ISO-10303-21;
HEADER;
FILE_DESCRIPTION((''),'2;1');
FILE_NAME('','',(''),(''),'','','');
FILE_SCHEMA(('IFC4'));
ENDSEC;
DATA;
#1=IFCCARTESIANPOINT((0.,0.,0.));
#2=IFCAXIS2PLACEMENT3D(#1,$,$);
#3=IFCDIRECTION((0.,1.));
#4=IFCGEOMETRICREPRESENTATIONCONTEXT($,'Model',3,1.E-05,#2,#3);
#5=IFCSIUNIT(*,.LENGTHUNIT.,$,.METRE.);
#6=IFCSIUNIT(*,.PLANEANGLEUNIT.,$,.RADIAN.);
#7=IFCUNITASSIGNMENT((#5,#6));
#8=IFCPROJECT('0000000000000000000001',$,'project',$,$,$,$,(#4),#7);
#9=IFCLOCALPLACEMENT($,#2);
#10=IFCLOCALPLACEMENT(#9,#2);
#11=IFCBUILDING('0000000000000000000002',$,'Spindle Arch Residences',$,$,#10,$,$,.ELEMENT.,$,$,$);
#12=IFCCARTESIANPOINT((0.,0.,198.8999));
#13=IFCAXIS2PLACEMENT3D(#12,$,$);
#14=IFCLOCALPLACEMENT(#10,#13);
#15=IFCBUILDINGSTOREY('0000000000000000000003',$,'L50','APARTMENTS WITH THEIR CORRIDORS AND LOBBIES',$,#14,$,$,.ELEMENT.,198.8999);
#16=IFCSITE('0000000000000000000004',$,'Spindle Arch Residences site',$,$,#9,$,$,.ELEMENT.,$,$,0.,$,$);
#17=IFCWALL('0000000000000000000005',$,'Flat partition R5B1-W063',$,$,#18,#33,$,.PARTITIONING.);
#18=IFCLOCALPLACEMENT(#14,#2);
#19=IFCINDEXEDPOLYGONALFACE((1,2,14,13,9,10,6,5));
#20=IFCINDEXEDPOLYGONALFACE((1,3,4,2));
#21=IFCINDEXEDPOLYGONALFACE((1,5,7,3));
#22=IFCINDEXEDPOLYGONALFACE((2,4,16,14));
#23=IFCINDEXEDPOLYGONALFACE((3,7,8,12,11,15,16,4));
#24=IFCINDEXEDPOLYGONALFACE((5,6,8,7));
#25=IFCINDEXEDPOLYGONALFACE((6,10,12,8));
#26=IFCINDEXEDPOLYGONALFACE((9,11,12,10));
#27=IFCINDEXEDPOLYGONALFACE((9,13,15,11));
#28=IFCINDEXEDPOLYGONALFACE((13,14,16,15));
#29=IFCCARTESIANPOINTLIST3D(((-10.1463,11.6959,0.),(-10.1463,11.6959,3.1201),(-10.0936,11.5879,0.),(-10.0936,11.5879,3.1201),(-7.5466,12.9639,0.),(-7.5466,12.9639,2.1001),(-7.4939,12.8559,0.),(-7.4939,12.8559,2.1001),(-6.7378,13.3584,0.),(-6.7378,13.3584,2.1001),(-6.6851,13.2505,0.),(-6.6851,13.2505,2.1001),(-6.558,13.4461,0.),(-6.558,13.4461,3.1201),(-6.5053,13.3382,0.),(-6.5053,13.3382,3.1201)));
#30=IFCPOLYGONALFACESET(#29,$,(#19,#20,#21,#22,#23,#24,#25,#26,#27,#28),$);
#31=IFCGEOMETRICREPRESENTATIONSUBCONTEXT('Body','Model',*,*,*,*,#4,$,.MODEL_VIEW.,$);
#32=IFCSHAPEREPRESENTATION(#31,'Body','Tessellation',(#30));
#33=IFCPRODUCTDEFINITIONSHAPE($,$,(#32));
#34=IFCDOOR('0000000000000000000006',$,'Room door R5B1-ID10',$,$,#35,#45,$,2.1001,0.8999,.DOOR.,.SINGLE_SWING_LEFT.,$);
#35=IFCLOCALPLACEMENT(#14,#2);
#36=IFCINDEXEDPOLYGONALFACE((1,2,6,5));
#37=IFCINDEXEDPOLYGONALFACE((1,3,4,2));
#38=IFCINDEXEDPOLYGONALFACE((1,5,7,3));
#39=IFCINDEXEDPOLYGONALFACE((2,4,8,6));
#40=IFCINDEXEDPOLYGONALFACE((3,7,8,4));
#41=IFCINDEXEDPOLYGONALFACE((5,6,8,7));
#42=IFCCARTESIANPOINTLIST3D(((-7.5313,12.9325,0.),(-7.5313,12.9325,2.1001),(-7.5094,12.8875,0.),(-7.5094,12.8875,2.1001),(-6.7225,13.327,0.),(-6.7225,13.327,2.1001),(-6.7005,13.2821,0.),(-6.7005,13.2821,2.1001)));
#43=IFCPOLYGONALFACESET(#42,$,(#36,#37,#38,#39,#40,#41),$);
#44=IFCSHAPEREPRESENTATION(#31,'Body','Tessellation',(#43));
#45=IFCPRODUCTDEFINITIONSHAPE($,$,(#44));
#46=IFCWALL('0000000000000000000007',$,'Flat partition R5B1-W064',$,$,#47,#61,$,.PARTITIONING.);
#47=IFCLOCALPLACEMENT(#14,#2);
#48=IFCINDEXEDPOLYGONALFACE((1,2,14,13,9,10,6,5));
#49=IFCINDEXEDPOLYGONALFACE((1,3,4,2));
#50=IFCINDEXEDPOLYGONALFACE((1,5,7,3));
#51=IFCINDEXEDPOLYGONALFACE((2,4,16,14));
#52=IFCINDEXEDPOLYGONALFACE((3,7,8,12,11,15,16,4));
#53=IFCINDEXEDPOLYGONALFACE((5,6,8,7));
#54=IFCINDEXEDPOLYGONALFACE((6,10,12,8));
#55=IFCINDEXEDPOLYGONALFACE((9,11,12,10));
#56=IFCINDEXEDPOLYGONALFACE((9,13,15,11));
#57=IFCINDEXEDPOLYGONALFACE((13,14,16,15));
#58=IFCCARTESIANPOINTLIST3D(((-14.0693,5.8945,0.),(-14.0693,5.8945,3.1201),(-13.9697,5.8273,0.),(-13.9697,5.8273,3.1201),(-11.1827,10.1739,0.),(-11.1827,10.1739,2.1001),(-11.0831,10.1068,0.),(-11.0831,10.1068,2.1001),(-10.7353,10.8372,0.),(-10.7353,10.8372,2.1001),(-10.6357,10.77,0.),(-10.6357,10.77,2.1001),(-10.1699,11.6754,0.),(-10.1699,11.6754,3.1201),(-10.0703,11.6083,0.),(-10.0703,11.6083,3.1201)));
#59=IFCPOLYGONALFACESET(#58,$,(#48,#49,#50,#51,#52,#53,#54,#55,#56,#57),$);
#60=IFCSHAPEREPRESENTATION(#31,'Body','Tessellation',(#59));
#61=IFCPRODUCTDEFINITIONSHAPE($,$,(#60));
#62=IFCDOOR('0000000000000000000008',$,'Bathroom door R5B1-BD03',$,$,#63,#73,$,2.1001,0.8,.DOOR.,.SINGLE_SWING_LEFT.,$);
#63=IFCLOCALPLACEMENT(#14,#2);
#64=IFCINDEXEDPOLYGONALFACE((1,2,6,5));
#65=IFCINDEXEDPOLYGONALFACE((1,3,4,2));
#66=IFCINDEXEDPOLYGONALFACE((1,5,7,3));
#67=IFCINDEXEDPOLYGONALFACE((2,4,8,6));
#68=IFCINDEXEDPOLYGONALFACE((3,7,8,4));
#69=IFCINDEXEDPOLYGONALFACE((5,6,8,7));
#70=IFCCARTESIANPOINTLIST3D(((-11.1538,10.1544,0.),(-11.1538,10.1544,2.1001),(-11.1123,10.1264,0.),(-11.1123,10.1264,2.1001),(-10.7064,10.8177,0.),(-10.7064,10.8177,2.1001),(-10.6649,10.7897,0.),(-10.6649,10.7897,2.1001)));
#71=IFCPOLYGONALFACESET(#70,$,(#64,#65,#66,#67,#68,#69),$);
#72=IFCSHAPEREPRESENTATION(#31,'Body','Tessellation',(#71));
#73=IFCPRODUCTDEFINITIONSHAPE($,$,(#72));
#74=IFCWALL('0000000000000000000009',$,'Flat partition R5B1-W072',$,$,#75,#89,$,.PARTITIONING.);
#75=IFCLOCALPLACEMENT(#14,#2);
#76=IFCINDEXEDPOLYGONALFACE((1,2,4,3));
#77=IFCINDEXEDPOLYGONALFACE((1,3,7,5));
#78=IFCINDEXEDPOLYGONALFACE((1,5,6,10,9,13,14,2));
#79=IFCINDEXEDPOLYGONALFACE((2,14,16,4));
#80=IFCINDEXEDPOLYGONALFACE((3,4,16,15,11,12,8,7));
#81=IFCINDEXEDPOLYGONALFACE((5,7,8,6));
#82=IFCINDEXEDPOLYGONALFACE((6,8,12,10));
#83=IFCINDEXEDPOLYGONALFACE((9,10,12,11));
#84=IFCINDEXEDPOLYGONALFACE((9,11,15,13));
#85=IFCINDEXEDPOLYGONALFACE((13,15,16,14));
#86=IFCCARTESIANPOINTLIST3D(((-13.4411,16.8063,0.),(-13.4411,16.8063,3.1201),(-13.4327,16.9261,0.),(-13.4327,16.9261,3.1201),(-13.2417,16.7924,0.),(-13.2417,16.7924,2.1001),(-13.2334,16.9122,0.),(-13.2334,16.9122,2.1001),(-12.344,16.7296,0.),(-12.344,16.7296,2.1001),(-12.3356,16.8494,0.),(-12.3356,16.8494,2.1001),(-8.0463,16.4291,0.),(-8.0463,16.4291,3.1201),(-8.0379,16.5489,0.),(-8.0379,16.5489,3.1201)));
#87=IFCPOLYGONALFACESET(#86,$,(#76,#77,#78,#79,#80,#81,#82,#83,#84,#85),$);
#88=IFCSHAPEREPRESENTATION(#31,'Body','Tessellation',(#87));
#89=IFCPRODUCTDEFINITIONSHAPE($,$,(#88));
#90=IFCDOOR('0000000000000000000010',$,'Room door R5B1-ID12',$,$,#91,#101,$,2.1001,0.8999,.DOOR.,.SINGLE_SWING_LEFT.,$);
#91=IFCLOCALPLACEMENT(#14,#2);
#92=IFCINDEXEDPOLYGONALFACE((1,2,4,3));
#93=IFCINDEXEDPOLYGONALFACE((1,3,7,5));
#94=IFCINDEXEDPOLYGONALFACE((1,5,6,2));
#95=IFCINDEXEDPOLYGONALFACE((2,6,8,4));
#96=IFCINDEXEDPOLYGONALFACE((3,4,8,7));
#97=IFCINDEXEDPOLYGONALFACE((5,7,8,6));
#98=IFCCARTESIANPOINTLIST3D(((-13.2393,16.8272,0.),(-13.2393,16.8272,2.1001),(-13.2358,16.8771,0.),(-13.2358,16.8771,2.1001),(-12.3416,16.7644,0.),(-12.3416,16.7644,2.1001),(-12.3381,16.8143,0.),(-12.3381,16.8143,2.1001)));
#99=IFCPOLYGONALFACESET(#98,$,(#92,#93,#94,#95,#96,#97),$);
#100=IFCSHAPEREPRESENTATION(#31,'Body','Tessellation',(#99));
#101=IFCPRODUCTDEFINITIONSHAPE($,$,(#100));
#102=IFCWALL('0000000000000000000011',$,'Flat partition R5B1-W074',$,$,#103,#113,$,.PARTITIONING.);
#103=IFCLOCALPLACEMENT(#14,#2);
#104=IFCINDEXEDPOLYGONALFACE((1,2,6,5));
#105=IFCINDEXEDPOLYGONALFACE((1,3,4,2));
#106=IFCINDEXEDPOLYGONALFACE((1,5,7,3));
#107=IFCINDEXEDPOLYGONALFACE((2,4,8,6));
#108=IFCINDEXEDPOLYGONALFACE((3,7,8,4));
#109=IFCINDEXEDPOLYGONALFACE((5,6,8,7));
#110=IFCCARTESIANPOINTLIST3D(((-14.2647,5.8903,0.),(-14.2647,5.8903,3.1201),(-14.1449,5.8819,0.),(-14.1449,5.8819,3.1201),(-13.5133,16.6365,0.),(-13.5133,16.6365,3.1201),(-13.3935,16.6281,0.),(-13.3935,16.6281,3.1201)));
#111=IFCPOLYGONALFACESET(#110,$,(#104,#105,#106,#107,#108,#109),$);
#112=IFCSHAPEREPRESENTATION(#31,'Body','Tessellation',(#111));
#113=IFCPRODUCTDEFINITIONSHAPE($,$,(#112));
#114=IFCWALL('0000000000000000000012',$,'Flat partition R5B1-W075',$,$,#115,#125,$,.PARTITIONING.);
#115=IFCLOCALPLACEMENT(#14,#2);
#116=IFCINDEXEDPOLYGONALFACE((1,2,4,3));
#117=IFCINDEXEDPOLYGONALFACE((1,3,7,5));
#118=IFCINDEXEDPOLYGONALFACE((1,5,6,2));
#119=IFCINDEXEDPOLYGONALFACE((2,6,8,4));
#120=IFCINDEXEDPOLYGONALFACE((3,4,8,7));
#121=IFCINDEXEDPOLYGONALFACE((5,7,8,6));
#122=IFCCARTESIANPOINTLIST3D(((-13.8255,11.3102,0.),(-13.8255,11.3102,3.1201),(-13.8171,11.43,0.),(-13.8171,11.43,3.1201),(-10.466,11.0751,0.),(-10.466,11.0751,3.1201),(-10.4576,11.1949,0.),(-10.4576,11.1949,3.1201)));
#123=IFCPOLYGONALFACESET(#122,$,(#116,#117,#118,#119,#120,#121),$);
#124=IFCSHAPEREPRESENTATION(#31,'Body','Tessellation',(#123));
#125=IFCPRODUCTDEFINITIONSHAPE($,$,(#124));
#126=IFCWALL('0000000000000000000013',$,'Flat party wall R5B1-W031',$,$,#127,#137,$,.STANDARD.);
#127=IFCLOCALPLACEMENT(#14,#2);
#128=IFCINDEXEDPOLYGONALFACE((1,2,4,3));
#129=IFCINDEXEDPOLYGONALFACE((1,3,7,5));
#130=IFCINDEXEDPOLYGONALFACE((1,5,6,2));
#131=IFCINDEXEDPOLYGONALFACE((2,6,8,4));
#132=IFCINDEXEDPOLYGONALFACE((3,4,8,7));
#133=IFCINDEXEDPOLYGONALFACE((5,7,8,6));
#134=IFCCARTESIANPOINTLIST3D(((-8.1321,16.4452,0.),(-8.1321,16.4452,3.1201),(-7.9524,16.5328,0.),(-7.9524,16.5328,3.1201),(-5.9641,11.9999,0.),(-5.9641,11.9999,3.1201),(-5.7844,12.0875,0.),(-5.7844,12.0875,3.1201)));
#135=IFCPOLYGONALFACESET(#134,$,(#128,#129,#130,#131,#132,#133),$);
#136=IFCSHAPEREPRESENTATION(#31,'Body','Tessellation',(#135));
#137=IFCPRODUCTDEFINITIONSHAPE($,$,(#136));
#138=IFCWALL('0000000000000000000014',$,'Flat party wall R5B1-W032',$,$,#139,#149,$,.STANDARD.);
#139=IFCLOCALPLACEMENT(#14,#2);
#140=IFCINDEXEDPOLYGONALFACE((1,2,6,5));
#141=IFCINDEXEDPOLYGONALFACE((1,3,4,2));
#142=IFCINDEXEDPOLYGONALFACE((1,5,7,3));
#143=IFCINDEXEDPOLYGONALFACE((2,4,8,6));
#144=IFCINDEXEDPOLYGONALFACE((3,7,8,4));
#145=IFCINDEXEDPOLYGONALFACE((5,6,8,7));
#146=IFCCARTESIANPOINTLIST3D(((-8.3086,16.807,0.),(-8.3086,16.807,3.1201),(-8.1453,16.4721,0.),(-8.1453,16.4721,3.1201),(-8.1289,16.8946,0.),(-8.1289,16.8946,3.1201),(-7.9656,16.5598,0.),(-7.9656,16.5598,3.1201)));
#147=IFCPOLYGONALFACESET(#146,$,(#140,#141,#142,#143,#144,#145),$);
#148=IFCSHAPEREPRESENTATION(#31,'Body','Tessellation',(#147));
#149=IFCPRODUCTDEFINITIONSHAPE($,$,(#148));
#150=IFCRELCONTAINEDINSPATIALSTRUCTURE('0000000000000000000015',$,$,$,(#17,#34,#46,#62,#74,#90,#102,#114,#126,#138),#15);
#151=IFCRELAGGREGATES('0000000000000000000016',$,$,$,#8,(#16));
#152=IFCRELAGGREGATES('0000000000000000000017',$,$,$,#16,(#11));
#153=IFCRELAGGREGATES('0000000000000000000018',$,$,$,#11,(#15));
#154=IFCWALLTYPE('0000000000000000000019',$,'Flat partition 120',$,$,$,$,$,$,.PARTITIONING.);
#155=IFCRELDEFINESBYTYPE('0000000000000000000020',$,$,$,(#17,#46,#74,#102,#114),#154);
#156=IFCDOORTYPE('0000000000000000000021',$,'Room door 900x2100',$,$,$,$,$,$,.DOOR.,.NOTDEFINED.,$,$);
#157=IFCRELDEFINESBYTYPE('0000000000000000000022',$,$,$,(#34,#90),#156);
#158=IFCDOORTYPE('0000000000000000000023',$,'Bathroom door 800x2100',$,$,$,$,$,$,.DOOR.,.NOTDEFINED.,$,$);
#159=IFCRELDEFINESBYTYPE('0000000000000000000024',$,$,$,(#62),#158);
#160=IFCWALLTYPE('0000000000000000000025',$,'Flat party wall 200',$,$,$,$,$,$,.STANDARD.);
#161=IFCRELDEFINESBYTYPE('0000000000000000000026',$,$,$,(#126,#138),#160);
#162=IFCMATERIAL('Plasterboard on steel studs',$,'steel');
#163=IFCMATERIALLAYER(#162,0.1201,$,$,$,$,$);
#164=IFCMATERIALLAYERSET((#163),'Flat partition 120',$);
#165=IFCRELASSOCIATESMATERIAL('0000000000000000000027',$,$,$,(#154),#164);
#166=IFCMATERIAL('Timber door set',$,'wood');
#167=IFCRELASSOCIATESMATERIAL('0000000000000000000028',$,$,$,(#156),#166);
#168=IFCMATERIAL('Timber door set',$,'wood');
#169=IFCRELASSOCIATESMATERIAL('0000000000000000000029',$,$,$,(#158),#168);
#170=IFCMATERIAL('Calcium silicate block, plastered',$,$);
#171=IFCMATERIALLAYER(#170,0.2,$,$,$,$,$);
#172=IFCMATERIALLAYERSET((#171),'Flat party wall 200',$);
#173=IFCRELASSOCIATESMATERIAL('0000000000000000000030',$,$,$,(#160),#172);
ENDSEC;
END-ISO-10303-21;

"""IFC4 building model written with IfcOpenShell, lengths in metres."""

from ifc_helpers import new_model, si_unit, direction, frame, frame_2d, origin, place, context, subcontext, project, spatial, rectangle, extrude, material, layer, layer_set, type_object, element, fill, save


model = new_model("IFC4")

# Units and contexts
model_context = context("Model", 3, precision=1e-05, world=origin(), true_north=direction((0.0, 1.0)))
body_context = subcontext(model_context, "Body", "Model", "MODEL_VIEW")
ifc_project = project(units=[si_unit("LENGTHUNIT", "METRE"), si_unit("PLANEANGLEUNIT", "RADIAN")], contexts=[model_context])

# Site, building, storey
site_placement = place(None, origin())
site = spatial("IfcSite", under=ifc_project, at=site_placement, Name="Spindle Arch Residences site", CompositionType="ELEMENT", RefElevation=0.0)
building_placement = place(site_placement, origin())
building = spatial("IfcBuilding", under=site, at=building_placement, Name="Spindle Arch Residences", CompositionType="ELEMENT")
storey_placement = place(building_placement, frame((0.0, 0.0, 198.8999)))
storey = spatial("IfcBuildingStorey", under=building, at=storey_placement, Name="L50", Description="APARTMENTS WITH THEIR CORRIDORS AND LOBBIES", CompositionType="ELEMENT", Elevation=198.8999)

# Shared definitions
ifc_material_1 = material(Name="Plasterboard on steel studs", Category="steel")
ifc_layer_1 = layer(ifc_material_1, 0.1201)
ifc_layer_set_1 = layer_set([ifc_layer_1], Name="Flat partition 120")
wall_type_1 = type_object("IfcWallType", Name="Flat partition 120", PredefinedType="PARTITIONING", material=ifc_layer_set_1)
ifc_material_2 = material(Name="Timber door set", Category="wood")
door_type_1 = type_object("IfcDoorType", Name="Room door 900x2100", OperationType="NOTDEFINED", PredefinedType="DOOR", material=ifc_material_2)

# Walls, openings, doors
wall_1_placement = place(storey_placement, frame((-6.5317, 13.3921, 0.0), z_axis=(0.0, 0.0, 1.0), x_axis=(-0.898787, -0.438386, 0.0)))
wall_1 = element("IfcWall", 1, at=wall_1_placement, inside=storey, type_object=wall_type_1, Name="Flat partition R5B1-W063", PredefinedType="PARTITIONING", context=body_context, shape_type="SweptSolid", body=[
    extrude(rectangle(XDim=3.9924, YDim=0.1201, at=frame_2d((1.9961, 0.0))), origin(), (0.0, 0.0, 1.0), 3.1201),
])
opening_1_placement = place(wall_1_placement, frame((0.2, 0.0, 0.0)))
opening_1 = element("IfcOpeningElement", 2, at=opening_1_placement, cuts=wall_1, PredefinedType="OPENING", context=body_context, shape_type="SweptSolid", body=[
    extrude(rectangle(XDim=0.8999, YDim=2.1001, at=frame_2d((0.45, 1.05))), frame((0.0, 0.0701, 0.0), z_axis=(0.0, -1.0, 0.0), x_axis=(1.0, 0.0, 0.0)), (0.0, 0.0, 1.0), 0.1401),
])
door_1_placement = place(opening_1_placement, origin())
door_1 = element("IfcDoor", 3, at=door_1_placement, inside=storey, type_object=door_type_1, Name="Room door R5B1-ID10", OperationType="SINGLE_SWING_LEFT", OverallHeight=2.1001, OverallWidth=0.8999, PredefinedType="DOOR", context=body_context, shape_type="SweptSolid", body=[
    extrude(rectangle(XDim=0.8999, YDim=2.1001, at=frame_2d((0.45, 1.05))), frame((0.0, 0.0249, 0.0), z_axis=(0.0, -1.0, 0.0), x_axis=(1.0, 0.0, 0.0)), (0.0, 0.0, 1.0), 0.05),
])
fill(opening_1, door_1)
wall_2_placement = place(storey_placement, frame((-10.1201, 11.6418, 0.0), z_axis=(0.0, 0.0, 1.0), x_axis=(-0.5592, -0.829032, 0.0)))
wall_2 = element("IfcWall", 4, at=wall_2_placement, inside=storey, type_object=wall_type_1, Name="Flat partition R5B1-W064", PredefinedType="PARTITIONING", context=body_context, shape_type="SweptSolid", body=[
    extrude(rectangle(XDim=6.9731, YDim=0.1201, at=frame_2d((3.4866, 0.0))), origin(), (0.0, 0.0, 1.0), 3.1201),
])
opening_2_placement = place(wall_2_placement, frame((1.0112, 0.0, 0.0)))
opening_2 = element("IfcOpeningElement", 5, at=opening_2_placement, cuts=wall_2, PredefinedType="OPENING", context=body_context, shape_type="SweptSolid", body=[
    extrude(rectangle(XDim=0.8, YDim=2.1001, at=frame_2d((0.3999, 1.05))), frame((0.0, 0.0701, 0.0), z_axis=(0.0, -1.0, 0.0), x_axis=(1.0, 0.0, 0.0)), (0.0, 0.0, 1.0), 0.1401),
])
ifc_material_3 = material(Name="Timber door set", Category="wood")
door_type_2 = type_object("IfcDoorType", Name="Bathroom door 800x2100", OperationType="NOTDEFINED", PredefinedType="DOOR", material=ifc_material_3)
door_2_placement = place(opening_2_placement, origin())
door_2 = element("IfcDoor", 6, at=door_2_placement, inside=storey, type_object=door_type_2, Name="Bathroom door R5B1-BD03", OperationType="SINGLE_SWING_LEFT", OverallHeight=2.1001, OverallWidth=0.8, PredefinedType="DOOR", context=body_context, shape_type="SweptSolid", body=[
    extrude(rectangle(XDim=0.8, YDim=2.1001, at=frame_2d((0.3999, 1.05))), frame((0.0, 0.0249, 0.0), z_axis=(0.0, -1.0, 0.0), x_axis=(1.0, 0.0, 0.0)), (0.0, 0.0, 1.0), 0.05),
])
fill(opening_2, door_2)
wall_3_placement = place(storey_placement, frame((-13.437, 16.8662, 0.0), z_axis=(0.0, 0.0, 1.0), x_axis=(0.997565, -0.069749, 0.0)))
wall_3 = element("IfcWall", 7, at=wall_3_placement, inside=storey, type_object=wall_type_1, Name="Flat partition R5B1-W072", PredefinedType="PARTITIONING", context=body_context, shape_type="SweptSolid", body=[
    extrude(rectangle(XDim=5.408, YDim=0.1201, at=frame_2d((2.7041, 0.0))), origin(), (0.0, 0.0, 1.0), 3.1201),
])
opening_3_placement = place(wall_3_placement, frame((0.2, 0.0, 0.0)))
opening_3 = element("IfcOpeningElement", 8, at=opening_3_placement, cuts=wall_3, PredefinedType="OPENING", context=body_context, shape_type="SweptSolid", body=[
    extrude(rectangle(XDim=0.8999, YDim=2.1001, at=frame_2d((0.45, 1.05))), frame((0.0, 0.0701, 0.0), z_axis=(0.0, -1.0, 0.0), x_axis=(1.0, 0.0, 0.0)), (0.0, 0.0, 1.0), 0.1401),
])
door_3_placement = place(opening_3_placement, origin())
door_3 = element("IfcDoor", 9, at=door_3_placement, inside=storey, type_object=door_type_1, Name="Room door R5B1-ID12", OperationType="SINGLE_SWING_LEFT", OverallHeight=2.1001, OverallWidth=0.8999, PredefinedType="DOOR", context=body_context, shape_type="SweptSolid", body=[
    extrude(rectangle(XDim=0.8999, YDim=2.1001, at=frame_2d((0.45, 1.05))), frame((0.0, 0.0249, 0.0), z_axis=(0.0, -1.0, 0.0), x_axis=(1.0, 0.0, 0.0)), (0.0, 0.0, 1.0), 0.05),
])
fill(opening_3, door_3)

# Walls
wall_4_placement = place(storey_placement, frame((-13.4534, 16.6323, 0.0), z_axis=(0.0, 0.0, 1.0), x_axis=(-0.069757, -0.997564, 0.0)))
element("IfcWall", 10, at=wall_4_placement, inside=storey, type_object=wall_type_1, Name="Flat partition R5B1-W074", PredefinedType="PARTITIONING", context=body_context, shape_type="SweptSolid", body=[
    extrude(rectangle(XDim=10.7725, YDim=0.1201, at=frame_2d((5.3862, 0.0))), origin(), (0.0, 0.0, 1.0), 3.1201),
])
wall_5_placement = place(storey_placement, frame((-13.8213, 11.3701, 0.0), z_axis=(0.0, 0.0, 1.0), x_axis=(0.99756, -0.069815, 0.0)))
element("IfcWall", 11, at=wall_5_placement, inside=storey, type_object=wall_type_1, Name="Flat partition R5B1-W075", PredefinedType="PARTITIONING", context=body_context, shape_type="SweptSolid", body=[
    extrude(rectangle(XDim=3.3677, YDim=0.1201, at=frame_2d((1.6838, 0.0))), origin(), (0.0, 0.0, 1.0), 3.1201),
])
ifc_material_4 = material(Name="Calcium silicate block, plastered")
ifc_layer_2 = layer(ifc_material_4, 0.2)
ifc_layer_set_2 = layer_set([ifc_layer_2], Name="Flat party wall 200")
wall_type_2 = type_object("IfcWallType", Name="Flat party wall 200", PredefinedType="STANDARD", material=ifc_layer_set_2)
wall_6_placement = place(storey_placement, frame((-8.0422, 16.489, 0.0), z_axis=(0.0, 0.0, 1.0), x_axis=(0.438346, -0.898806, 0.0)))
element("IfcWall", 12, at=wall_6_placement, inside=storey, type_object=wall_type_2, Name="Flat party wall R5B1-W031", PredefinedType="STANDARD", context=body_context, shape_type="SweptSolid", body=[
    extrude(rectangle(XDim=4.9458, YDim=0.2, at=frame_2d((2.4729, 0.0))), origin(), (0.0, 0.0, 1.0), 3.1201),
])
wall_7_placement = place(storey_placement, frame((-8.2188, 16.8508, 0.0), z_axis=(0.0, 0.0, 1.0), x_axis=(0.438282, -0.898838, 0.0)))
element("IfcWall", 13, at=wall_7_placement, inside=storey, type_object=wall_type_2, Name="Flat party wall R5B1-W032", PredefinedType="STANDARD", context=body_context, shape_type="SweptSolid", body=[
    extrude(rectangle(XDim=0.3726, YDim=0.2, at=frame_2d((0.1863, 0.0))), origin(), (0.0, 0.0, 1.0), 3.1201),
])

save(model, "model.ifc")
